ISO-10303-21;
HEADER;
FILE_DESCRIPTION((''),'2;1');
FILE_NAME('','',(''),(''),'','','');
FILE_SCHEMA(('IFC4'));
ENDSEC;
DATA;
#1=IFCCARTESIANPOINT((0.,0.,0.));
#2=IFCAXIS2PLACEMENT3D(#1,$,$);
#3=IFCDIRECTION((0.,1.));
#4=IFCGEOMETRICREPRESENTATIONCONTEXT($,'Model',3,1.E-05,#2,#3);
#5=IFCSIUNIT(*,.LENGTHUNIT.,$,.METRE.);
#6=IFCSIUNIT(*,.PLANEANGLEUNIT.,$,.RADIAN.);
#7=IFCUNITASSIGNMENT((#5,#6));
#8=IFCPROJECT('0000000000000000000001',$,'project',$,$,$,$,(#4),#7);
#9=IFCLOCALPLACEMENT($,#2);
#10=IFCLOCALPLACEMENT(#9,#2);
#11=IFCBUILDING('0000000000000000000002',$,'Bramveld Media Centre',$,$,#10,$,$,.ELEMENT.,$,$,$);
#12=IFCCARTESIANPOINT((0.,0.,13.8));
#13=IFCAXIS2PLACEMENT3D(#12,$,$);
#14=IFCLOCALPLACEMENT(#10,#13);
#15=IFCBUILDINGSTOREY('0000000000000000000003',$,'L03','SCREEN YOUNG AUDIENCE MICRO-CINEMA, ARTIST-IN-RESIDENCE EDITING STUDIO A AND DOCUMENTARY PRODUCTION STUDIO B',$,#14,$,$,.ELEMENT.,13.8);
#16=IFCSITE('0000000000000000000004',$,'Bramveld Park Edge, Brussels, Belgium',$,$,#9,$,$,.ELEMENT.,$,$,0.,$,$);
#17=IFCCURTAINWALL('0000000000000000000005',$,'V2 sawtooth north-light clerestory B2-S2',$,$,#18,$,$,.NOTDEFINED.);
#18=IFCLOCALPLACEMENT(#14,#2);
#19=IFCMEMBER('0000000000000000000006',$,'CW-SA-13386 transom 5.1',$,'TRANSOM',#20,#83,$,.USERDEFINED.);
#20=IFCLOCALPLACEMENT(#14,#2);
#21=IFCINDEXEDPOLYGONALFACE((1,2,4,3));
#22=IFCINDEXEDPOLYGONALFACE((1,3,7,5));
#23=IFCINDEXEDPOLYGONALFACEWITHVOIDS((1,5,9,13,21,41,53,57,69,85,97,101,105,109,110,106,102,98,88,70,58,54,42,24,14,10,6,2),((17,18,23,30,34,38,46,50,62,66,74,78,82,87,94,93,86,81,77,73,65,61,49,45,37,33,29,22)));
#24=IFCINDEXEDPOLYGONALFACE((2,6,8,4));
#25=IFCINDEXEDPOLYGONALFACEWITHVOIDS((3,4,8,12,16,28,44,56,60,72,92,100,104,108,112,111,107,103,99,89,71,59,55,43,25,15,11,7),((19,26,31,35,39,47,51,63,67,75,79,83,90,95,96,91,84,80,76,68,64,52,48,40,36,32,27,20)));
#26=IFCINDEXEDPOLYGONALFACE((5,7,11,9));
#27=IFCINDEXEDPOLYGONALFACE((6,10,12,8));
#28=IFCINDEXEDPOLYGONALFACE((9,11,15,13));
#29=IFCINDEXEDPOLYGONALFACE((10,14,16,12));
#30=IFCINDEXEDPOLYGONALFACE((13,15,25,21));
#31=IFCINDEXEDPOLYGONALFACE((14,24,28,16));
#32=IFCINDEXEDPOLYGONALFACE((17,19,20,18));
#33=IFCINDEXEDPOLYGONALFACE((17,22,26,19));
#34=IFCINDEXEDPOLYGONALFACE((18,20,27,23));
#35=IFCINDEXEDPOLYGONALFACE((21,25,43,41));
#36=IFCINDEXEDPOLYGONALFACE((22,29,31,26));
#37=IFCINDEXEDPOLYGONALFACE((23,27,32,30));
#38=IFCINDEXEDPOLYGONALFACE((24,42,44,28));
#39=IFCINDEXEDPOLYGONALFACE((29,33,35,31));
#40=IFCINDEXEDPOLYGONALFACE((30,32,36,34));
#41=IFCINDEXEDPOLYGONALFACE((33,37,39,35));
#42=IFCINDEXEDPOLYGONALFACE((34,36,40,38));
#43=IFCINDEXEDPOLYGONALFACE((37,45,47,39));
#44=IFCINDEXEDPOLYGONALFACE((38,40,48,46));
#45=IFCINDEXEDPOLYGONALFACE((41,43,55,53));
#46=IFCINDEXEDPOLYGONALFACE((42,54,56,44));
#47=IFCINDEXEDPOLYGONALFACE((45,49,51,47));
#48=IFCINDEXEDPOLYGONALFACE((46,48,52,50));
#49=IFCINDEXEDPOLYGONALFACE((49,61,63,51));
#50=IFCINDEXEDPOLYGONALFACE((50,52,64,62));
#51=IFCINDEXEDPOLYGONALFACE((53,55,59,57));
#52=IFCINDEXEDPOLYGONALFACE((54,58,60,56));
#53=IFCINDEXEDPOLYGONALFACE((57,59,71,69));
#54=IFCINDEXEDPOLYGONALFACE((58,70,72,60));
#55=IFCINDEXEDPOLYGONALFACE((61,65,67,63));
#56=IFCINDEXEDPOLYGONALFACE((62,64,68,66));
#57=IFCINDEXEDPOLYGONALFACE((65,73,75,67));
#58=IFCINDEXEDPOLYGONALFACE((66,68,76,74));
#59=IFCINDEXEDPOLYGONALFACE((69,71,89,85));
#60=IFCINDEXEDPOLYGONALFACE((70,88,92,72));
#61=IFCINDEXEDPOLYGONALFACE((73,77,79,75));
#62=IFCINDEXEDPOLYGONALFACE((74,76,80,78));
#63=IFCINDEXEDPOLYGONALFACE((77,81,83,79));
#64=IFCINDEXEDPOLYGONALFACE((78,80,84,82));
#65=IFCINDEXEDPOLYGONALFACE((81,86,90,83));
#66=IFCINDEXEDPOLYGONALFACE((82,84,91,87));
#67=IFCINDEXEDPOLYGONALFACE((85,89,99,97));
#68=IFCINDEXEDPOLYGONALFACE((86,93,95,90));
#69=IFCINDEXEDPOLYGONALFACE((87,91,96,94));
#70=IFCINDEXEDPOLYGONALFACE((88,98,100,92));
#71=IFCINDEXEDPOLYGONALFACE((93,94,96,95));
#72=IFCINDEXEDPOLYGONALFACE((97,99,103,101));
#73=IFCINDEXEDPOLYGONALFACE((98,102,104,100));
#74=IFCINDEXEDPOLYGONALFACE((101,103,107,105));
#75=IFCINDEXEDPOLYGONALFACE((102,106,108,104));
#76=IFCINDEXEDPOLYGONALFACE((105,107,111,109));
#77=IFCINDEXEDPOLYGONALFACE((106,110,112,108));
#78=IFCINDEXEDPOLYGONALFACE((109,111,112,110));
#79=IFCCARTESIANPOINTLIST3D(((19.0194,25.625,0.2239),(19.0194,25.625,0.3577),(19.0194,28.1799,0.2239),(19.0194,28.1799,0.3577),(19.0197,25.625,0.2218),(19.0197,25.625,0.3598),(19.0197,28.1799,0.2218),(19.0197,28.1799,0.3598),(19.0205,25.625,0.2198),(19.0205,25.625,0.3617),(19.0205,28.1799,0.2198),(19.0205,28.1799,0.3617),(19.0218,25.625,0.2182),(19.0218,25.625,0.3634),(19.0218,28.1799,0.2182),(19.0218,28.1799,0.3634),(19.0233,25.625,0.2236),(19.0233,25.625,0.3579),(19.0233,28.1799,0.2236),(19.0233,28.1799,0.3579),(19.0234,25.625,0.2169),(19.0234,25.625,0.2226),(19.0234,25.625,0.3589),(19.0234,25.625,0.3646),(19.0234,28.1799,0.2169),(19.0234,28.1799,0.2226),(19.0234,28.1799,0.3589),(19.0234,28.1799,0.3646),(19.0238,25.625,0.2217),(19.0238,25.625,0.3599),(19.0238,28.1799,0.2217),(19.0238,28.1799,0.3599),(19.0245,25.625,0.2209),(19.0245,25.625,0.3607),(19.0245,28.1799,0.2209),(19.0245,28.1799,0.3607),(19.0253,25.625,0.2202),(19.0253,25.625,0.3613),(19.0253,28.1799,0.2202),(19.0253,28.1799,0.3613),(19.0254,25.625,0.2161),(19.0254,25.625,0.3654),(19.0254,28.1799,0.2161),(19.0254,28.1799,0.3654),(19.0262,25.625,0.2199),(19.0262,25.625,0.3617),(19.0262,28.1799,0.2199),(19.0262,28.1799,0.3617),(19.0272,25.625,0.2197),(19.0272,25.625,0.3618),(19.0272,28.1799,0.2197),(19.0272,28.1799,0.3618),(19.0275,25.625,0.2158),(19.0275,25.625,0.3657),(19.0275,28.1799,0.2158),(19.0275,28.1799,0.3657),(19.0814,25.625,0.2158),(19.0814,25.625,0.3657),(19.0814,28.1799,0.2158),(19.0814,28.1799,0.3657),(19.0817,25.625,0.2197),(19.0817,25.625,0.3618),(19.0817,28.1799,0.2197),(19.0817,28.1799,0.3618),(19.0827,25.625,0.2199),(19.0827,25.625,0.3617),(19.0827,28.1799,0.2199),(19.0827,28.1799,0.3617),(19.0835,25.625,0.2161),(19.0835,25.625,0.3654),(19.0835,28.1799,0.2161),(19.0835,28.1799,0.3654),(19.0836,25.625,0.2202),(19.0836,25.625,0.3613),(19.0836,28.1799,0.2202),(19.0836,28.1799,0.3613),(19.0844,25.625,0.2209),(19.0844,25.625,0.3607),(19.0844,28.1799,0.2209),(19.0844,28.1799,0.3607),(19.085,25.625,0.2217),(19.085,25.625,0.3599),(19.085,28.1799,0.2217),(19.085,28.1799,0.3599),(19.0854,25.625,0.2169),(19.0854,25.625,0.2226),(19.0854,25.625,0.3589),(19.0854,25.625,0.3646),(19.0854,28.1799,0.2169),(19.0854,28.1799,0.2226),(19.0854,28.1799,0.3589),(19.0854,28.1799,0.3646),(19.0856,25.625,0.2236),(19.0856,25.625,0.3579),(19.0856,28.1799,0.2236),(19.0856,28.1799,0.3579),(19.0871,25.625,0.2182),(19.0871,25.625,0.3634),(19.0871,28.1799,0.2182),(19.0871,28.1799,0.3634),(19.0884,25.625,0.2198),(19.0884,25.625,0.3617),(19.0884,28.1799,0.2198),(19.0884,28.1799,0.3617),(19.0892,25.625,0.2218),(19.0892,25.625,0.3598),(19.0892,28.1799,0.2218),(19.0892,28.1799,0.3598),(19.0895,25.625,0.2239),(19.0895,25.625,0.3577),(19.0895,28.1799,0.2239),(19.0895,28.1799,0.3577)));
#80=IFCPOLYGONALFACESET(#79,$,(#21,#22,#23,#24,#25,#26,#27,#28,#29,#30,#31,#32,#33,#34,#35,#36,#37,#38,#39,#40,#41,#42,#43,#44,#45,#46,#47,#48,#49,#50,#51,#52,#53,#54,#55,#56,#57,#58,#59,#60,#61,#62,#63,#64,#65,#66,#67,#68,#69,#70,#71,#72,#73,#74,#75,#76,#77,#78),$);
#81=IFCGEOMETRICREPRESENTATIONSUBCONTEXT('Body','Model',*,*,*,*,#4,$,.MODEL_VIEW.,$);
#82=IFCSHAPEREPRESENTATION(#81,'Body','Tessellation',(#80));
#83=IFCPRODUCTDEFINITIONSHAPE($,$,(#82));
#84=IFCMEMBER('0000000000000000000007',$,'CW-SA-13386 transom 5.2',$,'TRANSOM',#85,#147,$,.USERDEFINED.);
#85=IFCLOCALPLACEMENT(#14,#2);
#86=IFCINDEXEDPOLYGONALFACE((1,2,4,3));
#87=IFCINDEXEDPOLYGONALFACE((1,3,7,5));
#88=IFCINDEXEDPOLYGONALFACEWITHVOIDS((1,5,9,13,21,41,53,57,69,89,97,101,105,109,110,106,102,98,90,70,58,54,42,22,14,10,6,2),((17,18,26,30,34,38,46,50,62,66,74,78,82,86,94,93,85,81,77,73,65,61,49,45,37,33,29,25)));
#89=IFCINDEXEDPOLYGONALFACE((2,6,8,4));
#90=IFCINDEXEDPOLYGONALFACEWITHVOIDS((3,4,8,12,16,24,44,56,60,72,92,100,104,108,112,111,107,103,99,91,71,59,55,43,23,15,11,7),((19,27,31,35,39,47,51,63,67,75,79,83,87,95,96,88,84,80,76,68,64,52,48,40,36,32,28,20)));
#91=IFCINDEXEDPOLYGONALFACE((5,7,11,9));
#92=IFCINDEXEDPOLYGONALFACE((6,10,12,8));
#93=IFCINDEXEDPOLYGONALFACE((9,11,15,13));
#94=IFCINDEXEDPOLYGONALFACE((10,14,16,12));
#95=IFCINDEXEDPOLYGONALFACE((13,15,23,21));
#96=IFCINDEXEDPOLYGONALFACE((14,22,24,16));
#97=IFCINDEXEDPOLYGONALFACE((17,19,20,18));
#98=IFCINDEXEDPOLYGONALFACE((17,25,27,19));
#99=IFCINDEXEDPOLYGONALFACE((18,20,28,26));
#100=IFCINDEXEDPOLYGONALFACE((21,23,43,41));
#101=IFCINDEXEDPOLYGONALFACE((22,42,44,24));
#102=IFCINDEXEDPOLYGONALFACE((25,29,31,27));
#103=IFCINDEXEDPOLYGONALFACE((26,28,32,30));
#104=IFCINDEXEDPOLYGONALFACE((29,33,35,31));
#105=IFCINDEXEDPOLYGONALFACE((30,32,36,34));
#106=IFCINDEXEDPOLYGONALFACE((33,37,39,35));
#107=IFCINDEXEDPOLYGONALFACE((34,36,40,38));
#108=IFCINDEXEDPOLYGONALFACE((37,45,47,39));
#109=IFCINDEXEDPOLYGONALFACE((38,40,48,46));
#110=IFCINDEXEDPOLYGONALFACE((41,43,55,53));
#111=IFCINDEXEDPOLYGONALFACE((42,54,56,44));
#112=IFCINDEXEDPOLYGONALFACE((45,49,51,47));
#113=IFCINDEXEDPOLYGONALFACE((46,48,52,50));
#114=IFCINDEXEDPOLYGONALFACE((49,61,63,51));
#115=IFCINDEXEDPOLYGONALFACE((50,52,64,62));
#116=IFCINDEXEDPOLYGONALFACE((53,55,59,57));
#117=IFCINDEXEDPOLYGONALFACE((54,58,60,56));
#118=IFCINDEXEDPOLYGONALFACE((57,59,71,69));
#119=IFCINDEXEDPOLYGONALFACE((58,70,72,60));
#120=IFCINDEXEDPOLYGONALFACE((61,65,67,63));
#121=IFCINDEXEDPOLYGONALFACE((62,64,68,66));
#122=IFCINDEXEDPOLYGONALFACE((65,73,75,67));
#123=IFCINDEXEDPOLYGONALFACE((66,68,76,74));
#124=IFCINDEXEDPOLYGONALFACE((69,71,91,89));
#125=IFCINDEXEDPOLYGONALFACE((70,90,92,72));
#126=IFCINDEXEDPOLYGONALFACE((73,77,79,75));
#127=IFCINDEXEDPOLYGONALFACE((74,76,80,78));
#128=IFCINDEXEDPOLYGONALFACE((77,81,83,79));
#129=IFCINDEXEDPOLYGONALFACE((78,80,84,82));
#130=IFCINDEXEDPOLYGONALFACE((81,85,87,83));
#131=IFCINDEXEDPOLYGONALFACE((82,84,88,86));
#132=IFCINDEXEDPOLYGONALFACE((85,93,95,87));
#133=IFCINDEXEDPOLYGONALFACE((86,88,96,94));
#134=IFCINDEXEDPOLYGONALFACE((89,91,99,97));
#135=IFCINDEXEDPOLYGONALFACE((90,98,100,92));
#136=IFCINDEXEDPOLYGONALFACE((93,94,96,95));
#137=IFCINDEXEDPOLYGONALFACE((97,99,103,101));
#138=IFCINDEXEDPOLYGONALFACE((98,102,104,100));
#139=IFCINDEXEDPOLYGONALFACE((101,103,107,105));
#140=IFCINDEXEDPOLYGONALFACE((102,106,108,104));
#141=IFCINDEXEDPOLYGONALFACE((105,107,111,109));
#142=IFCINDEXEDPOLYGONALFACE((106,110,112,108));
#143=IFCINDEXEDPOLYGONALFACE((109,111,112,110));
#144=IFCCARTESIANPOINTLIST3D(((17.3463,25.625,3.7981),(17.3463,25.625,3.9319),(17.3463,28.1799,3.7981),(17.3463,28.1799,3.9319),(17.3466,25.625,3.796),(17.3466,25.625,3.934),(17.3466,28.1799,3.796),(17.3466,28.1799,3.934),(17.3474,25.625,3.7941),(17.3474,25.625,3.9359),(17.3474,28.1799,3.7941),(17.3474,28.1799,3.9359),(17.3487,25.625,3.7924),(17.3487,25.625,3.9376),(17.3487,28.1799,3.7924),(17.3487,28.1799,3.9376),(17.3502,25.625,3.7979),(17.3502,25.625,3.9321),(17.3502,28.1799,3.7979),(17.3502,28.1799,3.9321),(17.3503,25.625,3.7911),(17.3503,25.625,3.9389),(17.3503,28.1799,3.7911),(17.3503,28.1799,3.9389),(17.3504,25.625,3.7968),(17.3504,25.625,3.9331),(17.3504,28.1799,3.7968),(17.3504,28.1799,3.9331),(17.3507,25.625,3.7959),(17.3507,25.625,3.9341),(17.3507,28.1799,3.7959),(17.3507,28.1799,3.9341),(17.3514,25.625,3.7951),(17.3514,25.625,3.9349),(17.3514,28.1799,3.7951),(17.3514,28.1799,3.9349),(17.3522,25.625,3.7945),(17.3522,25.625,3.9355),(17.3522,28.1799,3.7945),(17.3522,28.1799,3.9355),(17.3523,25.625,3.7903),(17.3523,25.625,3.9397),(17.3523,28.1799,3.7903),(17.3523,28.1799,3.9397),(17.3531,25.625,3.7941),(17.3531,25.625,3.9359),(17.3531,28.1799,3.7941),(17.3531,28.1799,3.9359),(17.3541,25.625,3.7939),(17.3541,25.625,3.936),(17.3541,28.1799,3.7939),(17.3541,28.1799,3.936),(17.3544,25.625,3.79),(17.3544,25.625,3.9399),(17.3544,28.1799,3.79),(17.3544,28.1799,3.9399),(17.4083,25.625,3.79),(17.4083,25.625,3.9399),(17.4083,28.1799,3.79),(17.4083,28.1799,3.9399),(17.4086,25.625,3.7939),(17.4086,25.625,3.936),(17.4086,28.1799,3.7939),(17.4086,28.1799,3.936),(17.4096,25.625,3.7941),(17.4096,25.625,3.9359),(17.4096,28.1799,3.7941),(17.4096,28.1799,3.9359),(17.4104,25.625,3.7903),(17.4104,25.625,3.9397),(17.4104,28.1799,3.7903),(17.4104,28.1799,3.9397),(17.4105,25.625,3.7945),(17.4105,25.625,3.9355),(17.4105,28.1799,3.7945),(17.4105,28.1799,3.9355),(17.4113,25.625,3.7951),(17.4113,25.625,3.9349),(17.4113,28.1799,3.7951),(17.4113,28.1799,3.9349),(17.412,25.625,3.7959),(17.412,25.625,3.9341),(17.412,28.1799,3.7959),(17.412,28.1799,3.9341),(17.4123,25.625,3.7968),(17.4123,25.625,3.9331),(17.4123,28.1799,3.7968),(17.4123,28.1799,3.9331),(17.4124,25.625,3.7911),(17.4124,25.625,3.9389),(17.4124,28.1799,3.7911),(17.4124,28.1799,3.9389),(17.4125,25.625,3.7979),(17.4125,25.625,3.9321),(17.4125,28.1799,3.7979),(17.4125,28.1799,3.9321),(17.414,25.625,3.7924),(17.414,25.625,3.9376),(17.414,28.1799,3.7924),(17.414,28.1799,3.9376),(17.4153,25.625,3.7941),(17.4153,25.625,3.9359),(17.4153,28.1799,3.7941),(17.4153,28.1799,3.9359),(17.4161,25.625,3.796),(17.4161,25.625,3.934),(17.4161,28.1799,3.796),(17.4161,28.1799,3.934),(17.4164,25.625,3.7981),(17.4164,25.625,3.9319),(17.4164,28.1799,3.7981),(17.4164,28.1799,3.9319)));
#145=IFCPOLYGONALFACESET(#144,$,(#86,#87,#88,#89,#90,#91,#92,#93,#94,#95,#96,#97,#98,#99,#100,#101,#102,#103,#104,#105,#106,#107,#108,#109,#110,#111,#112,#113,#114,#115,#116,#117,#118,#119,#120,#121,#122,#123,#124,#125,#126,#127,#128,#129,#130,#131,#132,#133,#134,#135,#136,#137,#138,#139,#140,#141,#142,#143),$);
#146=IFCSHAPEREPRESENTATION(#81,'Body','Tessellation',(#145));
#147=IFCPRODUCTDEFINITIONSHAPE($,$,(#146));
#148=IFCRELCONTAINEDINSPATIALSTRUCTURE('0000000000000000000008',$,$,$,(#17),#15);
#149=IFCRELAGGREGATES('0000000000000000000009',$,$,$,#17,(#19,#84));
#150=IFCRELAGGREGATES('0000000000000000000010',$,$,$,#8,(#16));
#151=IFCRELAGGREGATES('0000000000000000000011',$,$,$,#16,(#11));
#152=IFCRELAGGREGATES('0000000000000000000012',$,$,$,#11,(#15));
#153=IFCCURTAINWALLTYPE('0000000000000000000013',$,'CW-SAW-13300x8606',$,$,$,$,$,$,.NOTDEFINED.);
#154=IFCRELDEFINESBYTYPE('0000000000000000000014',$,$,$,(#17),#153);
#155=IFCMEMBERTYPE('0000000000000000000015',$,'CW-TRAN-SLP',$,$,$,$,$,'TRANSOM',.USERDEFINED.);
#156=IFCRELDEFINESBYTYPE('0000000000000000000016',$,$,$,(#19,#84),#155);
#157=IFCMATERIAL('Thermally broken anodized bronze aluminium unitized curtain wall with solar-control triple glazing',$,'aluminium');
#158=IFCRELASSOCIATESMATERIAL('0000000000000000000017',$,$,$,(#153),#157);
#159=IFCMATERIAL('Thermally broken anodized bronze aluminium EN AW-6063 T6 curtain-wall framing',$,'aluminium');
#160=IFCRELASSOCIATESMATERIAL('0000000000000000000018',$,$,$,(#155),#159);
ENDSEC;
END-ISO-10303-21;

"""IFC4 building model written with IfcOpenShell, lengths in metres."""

from ifc_helpers import new_model, si_unit, direction, frame, origin, origin_2d, place, context, subcontext, project, spatial, hollow_rectangle, extrude, material, material_profile, profile_set, type_object, element, aggregate, save


model = new_model("IFC4")

# Units and contexts
model_context = context("Model", 3, precision=1e-05, world=origin(), true_north=direction((0.0, 1.0)))
body_context = subcontext(model_context, "Body", "Model", "MODEL_VIEW")
ifc_project = project(units=[si_unit("LENGTHUNIT", "METRE"), si_unit("PLANEANGLEUNIT", "RADIAN")], contexts=[model_context])

# Site, building, storey
site_placement = place(None, origin())
site = spatial("IfcSite", under=ifc_project, at=site_placement, Name="Bramveld Park Edge, Brussels, Belgium", CompositionType="ELEMENT", RefElevation=0.0)
building_placement = place(site_placement, origin())
building = spatial("IfcBuilding", under=site, at=building_placement, Name="Bramveld Media Centre", CompositionType="ELEMENT")
storey_placement = place(building_placement, frame((0.0, 0.0, 13.8)))
storey = spatial("IfcBuildingStorey", under=building, at=storey_placement, Name="L03", Description="SCREEN YOUNG AUDIENCE MICRO-CINEMA, ARTIST-IN-RESIDENCE EDITING STUDIO A AND DOCUMENTARY PRODUCTION STUDIO B", CompositionType="ELEMENT", Elevation=13.8)

# Curtain wall
ifc_material_1 = material(Name="Thermally broken anodized bronze aluminium unitized curtain wall with solar-control triple glazing", Category="aluminium")
curtain_wall_type_1 = type_object("IfcCurtainWallType", Name="CW-SAW-13300x8606", PredefinedType="NOTDEFINED", material=ifc_material_1)
curtain_wall_1_placement = place(storey_placement, origin())
curtain_wall_1 = element("IfcCurtainWall", 1, at=curtain_wall_1_placement, inside=storey, type_object=curtain_wall_type_1, Name="V2 sawtooth north-light clerestory B2-S2", PredefinedType="NOTDEFINED")

# Members
ifc_material_2 = material(Name="Thermally broken anodized bronze aluminium EN AW-6063 T6 curtain-wall framing", Category="aluminium")
ifc_material_profile_1 = material_profile(ifc_material_2, hollow_rectangle(XDim=0.0701, YDim=0.1499, WallThickness=0.0039, InnerFilletRadius=0.0039, OuterFilletRadius=0.0081, at=origin_2d()), Name="AL-TRAN 70x150")
ifc_profile_set_1 = profile_set([ifc_material_profile_1], Name="Thermally broken anodized bronze aluminium EN AW-6063 T6 curtain-wall framing")
member_type_1 = type_object("IfcMemberType", Name="CW-TRAN-SLP", ElementType="TRANSOM", PredefinedType="USERDEFINED", material=ifc_profile_set_1)
member_1_placement = place(storey_placement, frame((19.0544, 25.625, 0.2908), z_axis=(0.0, 1.0, 0.0), x_axis=(-1.0, 0.0, 0.0)))
member_1 = element("IfcMember", 2, at=member_1_placement, type_object=member_type_1, Name="CW-SA-13386 transom 5.1", ObjectType="TRANSOM", PredefinedType="USERDEFINED", context=body_context, shape_type="SweptSolid", body=[
    extrude(hollow_rectangle(XDim=0.0701, YDim=0.1499, WallThickness=0.0039, InnerFilletRadius=0.0039, OuterFilletRadius=0.0081, at=origin_2d()), origin(), (0.0, 0.0, 1.0), 2.5549),
])
member_2_placement = place(storey_placement, frame((17.3813, 25.625, 3.865), z_axis=(0.0, 1.0, 0.0), x_axis=(-1.0, 0.0, 0.0)))
member_2 = element("IfcMember", 3, at=member_2_placement, type_object=member_type_1, Name="CW-SA-13386 transom 5.2", ObjectType="TRANSOM", PredefinedType="USERDEFINED", context=body_context, shape_type="SweptSolid", body=[
    extrude(hollow_rectangle(XDim=0.0701, YDim=0.1499, WallThickness=0.0039, InnerFilletRadius=0.0039, OuterFilletRadius=0.0081, at=origin_2d()), origin(), (0.0, 0.0, 1.0), 2.5549),
])

aggregate(curtain_wall_1, [member_1, member_2])

save(model, "model.ifc")
